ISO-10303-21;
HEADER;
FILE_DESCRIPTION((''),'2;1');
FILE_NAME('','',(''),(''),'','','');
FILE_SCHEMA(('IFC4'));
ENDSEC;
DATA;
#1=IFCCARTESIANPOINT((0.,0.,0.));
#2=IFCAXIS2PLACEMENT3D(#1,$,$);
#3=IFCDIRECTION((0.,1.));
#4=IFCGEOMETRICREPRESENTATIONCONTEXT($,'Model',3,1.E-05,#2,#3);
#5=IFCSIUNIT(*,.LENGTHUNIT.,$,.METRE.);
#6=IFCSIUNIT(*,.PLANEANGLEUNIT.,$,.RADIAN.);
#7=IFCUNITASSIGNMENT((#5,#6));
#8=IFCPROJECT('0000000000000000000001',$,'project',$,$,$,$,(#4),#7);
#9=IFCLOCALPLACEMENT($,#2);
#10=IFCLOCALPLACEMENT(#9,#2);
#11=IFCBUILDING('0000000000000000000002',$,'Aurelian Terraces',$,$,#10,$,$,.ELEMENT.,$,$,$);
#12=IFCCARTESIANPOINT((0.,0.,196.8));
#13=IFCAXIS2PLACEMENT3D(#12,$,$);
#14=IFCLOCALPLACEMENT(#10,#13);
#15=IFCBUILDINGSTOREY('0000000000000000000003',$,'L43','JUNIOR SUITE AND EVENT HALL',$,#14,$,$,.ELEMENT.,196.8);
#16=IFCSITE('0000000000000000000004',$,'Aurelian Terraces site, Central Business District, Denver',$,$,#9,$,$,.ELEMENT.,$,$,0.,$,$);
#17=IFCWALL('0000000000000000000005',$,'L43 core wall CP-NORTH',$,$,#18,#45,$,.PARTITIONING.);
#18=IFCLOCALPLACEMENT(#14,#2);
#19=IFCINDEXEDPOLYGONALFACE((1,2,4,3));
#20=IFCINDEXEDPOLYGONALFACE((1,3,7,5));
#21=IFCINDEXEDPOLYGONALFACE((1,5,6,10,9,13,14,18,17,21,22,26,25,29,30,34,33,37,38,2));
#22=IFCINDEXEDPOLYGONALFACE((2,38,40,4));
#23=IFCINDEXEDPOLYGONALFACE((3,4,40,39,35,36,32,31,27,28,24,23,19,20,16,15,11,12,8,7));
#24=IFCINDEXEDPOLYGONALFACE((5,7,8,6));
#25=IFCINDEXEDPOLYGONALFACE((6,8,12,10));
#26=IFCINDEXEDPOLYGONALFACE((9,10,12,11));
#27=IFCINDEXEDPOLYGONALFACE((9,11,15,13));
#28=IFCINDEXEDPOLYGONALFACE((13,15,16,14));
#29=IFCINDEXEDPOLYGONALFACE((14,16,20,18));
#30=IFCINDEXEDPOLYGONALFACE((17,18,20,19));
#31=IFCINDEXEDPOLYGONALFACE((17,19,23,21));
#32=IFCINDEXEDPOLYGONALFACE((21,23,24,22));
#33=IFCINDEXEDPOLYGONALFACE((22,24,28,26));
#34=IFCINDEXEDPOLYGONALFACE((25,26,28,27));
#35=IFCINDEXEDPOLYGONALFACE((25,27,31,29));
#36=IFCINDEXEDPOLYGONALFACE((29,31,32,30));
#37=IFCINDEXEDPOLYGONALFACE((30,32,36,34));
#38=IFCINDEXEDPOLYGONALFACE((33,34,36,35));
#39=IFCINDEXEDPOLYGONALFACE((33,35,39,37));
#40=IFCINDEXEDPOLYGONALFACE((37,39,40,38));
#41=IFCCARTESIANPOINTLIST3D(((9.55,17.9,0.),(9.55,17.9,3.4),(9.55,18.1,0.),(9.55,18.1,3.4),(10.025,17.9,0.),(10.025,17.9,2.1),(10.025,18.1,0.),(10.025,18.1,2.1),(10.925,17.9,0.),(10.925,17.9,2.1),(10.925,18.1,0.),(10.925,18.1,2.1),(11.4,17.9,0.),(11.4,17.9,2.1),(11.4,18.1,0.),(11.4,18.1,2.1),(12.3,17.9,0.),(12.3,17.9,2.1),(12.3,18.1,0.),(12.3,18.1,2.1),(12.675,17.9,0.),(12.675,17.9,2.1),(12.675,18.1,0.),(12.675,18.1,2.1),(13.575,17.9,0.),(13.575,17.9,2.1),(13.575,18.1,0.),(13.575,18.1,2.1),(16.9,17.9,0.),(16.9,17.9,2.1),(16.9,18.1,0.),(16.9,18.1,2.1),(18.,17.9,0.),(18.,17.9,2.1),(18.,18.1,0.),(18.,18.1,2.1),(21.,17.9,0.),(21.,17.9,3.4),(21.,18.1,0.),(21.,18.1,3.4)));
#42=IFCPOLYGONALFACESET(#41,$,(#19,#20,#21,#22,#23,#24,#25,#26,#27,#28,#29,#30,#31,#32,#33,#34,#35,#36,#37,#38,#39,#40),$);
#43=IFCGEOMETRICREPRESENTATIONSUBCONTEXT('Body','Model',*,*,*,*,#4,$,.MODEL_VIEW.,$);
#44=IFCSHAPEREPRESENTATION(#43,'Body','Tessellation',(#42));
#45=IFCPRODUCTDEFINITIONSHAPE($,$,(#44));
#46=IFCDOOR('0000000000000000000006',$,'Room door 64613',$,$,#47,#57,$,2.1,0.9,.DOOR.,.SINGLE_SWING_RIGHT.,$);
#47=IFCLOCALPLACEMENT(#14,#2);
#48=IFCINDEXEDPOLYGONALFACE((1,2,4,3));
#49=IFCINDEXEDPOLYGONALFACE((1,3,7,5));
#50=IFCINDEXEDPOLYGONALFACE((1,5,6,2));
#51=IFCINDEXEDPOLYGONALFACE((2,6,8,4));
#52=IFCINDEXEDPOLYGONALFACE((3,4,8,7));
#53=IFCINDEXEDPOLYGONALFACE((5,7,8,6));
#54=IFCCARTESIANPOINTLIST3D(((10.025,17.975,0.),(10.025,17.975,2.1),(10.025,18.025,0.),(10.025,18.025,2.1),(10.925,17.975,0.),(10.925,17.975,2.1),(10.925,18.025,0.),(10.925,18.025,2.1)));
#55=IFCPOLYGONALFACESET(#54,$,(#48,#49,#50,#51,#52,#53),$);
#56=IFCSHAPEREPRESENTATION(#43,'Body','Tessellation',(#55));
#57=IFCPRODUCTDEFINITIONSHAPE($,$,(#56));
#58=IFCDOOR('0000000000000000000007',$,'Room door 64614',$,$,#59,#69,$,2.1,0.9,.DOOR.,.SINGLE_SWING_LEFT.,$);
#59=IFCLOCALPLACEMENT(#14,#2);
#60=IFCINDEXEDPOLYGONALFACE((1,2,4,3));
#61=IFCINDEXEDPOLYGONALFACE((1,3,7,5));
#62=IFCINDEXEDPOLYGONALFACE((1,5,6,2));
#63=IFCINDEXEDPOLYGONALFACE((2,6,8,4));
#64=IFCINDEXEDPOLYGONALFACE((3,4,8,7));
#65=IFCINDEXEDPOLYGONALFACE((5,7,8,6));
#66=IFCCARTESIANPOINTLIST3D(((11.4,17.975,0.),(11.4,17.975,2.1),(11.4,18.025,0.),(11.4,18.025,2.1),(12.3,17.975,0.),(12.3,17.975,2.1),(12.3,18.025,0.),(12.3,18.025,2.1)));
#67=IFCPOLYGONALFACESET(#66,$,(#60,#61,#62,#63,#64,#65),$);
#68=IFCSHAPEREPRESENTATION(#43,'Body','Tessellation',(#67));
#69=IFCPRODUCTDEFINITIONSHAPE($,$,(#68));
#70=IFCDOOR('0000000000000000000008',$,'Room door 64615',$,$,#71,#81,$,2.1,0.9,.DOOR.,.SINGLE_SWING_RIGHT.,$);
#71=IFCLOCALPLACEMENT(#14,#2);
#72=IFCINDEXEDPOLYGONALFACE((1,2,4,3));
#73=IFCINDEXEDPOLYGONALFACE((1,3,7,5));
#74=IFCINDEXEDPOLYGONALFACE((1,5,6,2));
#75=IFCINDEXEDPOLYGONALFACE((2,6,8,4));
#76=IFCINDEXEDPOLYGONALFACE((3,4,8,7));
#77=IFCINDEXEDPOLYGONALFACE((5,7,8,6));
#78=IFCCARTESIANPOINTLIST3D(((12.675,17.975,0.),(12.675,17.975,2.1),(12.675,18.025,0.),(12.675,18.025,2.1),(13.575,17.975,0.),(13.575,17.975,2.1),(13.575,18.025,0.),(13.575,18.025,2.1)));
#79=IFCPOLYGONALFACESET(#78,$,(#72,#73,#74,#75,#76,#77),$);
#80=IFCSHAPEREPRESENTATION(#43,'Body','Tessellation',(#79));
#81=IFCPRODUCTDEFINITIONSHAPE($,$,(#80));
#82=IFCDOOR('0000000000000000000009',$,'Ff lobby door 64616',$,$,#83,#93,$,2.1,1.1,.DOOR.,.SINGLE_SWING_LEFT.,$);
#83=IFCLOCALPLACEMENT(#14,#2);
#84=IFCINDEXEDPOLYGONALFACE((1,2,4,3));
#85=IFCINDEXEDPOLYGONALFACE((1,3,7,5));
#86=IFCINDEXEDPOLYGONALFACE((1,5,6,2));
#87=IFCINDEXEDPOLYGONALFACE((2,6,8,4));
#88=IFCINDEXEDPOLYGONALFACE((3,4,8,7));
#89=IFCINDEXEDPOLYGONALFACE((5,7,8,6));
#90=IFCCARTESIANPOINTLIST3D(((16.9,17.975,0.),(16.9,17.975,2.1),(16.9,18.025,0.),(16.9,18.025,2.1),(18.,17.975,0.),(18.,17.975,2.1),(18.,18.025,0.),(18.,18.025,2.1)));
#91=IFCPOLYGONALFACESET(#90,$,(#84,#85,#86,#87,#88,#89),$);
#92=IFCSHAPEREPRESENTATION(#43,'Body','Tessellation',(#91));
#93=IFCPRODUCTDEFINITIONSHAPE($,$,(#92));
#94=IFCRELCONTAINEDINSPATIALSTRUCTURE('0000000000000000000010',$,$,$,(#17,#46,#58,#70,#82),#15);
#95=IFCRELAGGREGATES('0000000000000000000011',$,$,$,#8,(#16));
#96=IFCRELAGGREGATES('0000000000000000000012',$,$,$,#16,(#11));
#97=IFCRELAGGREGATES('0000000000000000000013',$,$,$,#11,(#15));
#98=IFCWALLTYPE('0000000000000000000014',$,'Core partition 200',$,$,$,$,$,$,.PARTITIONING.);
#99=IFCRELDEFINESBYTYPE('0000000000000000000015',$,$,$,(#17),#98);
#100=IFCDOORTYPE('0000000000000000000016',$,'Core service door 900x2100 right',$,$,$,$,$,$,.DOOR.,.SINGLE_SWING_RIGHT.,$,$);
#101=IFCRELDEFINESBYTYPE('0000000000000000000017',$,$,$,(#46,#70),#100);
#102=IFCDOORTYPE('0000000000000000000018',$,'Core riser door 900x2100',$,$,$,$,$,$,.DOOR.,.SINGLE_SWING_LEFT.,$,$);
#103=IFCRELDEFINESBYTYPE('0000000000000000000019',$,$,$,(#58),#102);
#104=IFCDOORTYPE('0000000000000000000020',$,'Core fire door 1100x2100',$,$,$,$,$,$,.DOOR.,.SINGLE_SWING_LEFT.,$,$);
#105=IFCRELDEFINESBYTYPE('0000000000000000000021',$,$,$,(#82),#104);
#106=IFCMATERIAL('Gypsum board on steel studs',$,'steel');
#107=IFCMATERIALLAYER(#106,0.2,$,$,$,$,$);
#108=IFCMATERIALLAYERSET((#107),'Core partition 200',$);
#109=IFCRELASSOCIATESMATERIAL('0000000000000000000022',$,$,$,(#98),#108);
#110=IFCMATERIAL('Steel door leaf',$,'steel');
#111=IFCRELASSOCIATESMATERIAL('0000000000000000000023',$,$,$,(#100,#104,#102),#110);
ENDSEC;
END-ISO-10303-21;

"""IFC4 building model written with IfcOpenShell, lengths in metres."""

from ifc_helpers import new_model, si_unit, direction, frame, frame_2d, origin, place, context, subcontext, project, spatial, rectangle, extrude, source, transform, mapped, material, layer, layer_set, type_object, element, fill, save


model = new_model("IFC4")

# Units and contexts
model_context = context("Model", 3, precision=1e-05, world=origin(), true_north=direction((0.0, 1.0)))
body_context = subcontext(model_context, "Body", "Model", "MODEL_VIEW")
ifc_project = project(units=[si_unit("LENGTHUNIT", "METRE"), si_unit("PLANEANGLEUNIT", "RADIAN")], contexts=[model_context])

# Site, building, storey
site_placement = place(None, origin())
site = spatial("IfcSite", under=ifc_project, at=site_placement, Name="Aurelian Terraces site, Central Business District, Denver", CompositionType="ELEMENT", RefElevation=0.0)
building_placement = place(site_placement, origin())
building = spatial("IfcBuilding", under=site, at=building_placement, Name="Aurelian Terraces", CompositionType="ELEMENT")
storey_placement = place(building_placement, frame((0.0, 0.0, 196.8)))
storey = spatial("IfcBuildingStorey", under=building, at=storey_placement, Name="L43", Description="JUNIOR SUITE AND EVENT HALL", CompositionType="ELEMENT", Elevation=196.8)

# Shared definitions
shared_shape_1 = source(origin(), body_context, "Body", "SweptSolid", [
    extrude(rectangle(XDim=1.1, YDim=2.1, at=frame_2d((0.55, 1.05))), frame((0.0, 0.11, 0.0), z_axis=(0.0, -1.0, 0.0), x_axis=(1.0, 0.0, 0.0)), (0.0, 0.0, 1.0), 0.22),
])
shared_shape_2 = source(origin(), body_context, "Body", "SweptSolid", [
    extrude(rectangle(XDim=1.1, YDim=2.1, at=frame_2d((0.55, 1.05))), frame((0.0, 0.025, 0.0), z_axis=(0.0, -1.0, 0.0), x_axis=(1.0, 0.0, 0.0)), (0.0, 0.0, 1.0), 0.05),
])

# Shared definitions
shared_shape_3 = source(origin(), body_context, "Body", "SweptSolid", [
    extrude(rectangle(XDim=0.9, YDim=2.1, at=frame_2d((0.45, 1.05))), frame((0.0, 0.11, 0.0), z_axis=(0.0, -1.0, 0.0), x_axis=(1.0, 0.0, 0.0)), (0.0, 0.0, 1.0), 0.22),
])
ifc_material_1 = material(Name="Steel door leaf", Category="steel")
shared_shape_4 = source(origin(), body_context, "Body", "SweptSolid", [
    extrude(rectangle(XDim=0.9, YDim=2.1, at=frame_2d((0.45, 1.05))), frame((0.0, 0.025, 0.0), z_axis=(0.0, -1.0, 0.0), x_axis=(1.0, 0.0, 0.0)), (0.0, 0.0, 1.0), 0.05),
])

# Shared definitions
ifc_material_2 = material(Name="Gypsum board on steel studs", Category="steel")
ifc_layer_1 = layer(ifc_material_2, 0.2)
ifc_layer_set_1 = layer_set([ifc_layer_1], Name="Core partition 200")
wall_type_1 = type_object("IfcWallType", Name="Core partition 200", PredefinedType="PARTITIONING", material=ifc_layer_set_1)

# Shared definitions
door_type_1 = type_object("IfcDoorType", Name="Core service door 900x2100 right", OperationType="SINGLE_SWING_RIGHT", PredefinedType="DOOR", material=ifc_material_1)

# Shared definitions
door_type_2 = type_object("IfcDoorType", Name="Core fire door 1100x2100", OperationType="SINGLE_SWING_LEFT", PredefinedType="DOOR", material=ifc_material_1)

# Wall, openings, doors
shared_shape_5 = source(origin(), body_context, "Body", "SweptSolid", [
    extrude(rectangle(XDim=11.45, YDim=0.2, at=frame_2d((5.725, 0.0))), origin(), (0.0, 0.0, 1.0), 3.4),
])
wall_1_placement = place(storey_placement, frame((9.55, 18.0, 0.0), z_axis=(0.0, 0.0, 1.0), x_axis=(1.0, 0.0, 0.0)))
wall_1 = element("IfcWall", 1, at=wall_1_placement, inside=storey, type_object=wall_type_1, Name="L43 core wall CP-NORTH", PredefinedType="PARTITIONING", context=body_context, shape_type="MappedRepresentation", body=[
    mapped(shared_shape_5, transform((0.0, 0.0, 0.0), scale=1.0)),
])
opening_1_placement = place(wall_1_placement, frame((0.475, 0.0, 0.0)))
opening_1 = element("IfcOpeningElement", 2, at=opening_1_placement, cuts=wall_1, PredefinedType="OPENING", context=body_context, shape_type="MappedRepresentation", body=[
    mapped(shared_shape_3, transform((0.0, 0.0, 0.0), scale=1.0)),
])
opening_2_placement = place(wall_1_placement, frame((1.85, 0.0, 0.0)))
opening_2 = element("IfcOpeningElement", 3, at=opening_2_placement, cuts=wall_1, PredefinedType="OPENING", context=body_context, shape_type="MappedRepresentation", body=[
    mapped(shared_shape_3, transform((0.0, 0.0, 0.0), scale=1.0)),
])
opening_3_placement = place(wall_1_placement, frame((3.125, 0.0, 0.0)))
opening_3 = element("IfcOpeningElement", 4, at=opening_3_placement, cuts=wall_1, PredefinedType="OPENING", context=body_context, shape_type="MappedRepresentation", body=[
    mapped(shared_shape_3, transform((0.0, 0.0, 0.0), scale=1.0)),
])
opening_4_placement = place(wall_1_placement, frame((7.35, 0.0, 0.0)))
opening_4 = element("IfcOpeningElement", 5, at=opening_4_placement, cuts=wall_1, PredefinedType="OPENING", context=body_context, shape_type="MappedRepresentation", body=[
    mapped(shared_shape_1, transform((0.0, 0.0, 0.0), scale=1.0)),
])
door_1_placement = place(opening_1_placement, origin())
door_1 = element("IfcDoor", 6, at=door_1_placement, inside=storey, type_object=door_type_1, Name="Room door 64613", OperationType="SINGLE_SWING_RIGHT", OverallHeight=2.1, OverallWidth=0.9, PredefinedType="DOOR", context=body_context, shape_type="MappedRepresentation", body=[
    mapped(shared_shape_4, transform((0.0, 0.0, 0.0), scale=1.0)),
])
fill(opening_1, door_1)
door_type_3 = type_object("IfcDoorType", Name="Core riser door 900x2100", OperationType="SINGLE_SWING_LEFT", PredefinedType="DOOR", material=ifc_material_1)
door_2_placement = place(opening_2_placement, origin())
door_2 = element("IfcDoor", 7, at=door_2_placement, inside=storey, type_object=door_type_3, Name="Room door 64614", OperationType="SINGLE_SWING_LEFT", OverallHeight=2.1, OverallWidth=0.9, PredefinedType="DOOR", context=body_context, shape_type="MappedRepresentation", body=[
    mapped(shared_shape_4, transform((0.0, 0.0, 0.0), scale=1.0)),
])
fill(opening_2, door_2)
door_3_placement = place(opening_3_placement, origin())
door_3 = element("IfcDoor", 8, at=door_3_placement, inside=storey, type_object=door_type_1, Name="Room door 64615", OperationType="SINGLE_SWING_RIGHT", OverallHeight=2.1, OverallWidth=0.9, PredefinedType="DOOR", context=body_context, shape_type="MappedRepresentation", body=[
    mapped(shared_shape_4, transform((0.0, 0.0, 0.0), scale=1.0)),
])
fill(opening_3, door_3)
door_4_placement = place(opening_4_placement, origin())
door_4 = element("IfcDoor", 9, at=door_4_placement, inside=storey, type_object=door_type_2, Name="Ff lobby door 64616", OperationType="SINGLE_SWING_LEFT", OverallHeight=2.1, OverallWidth=1.1, PredefinedType="DOOR", context=body_context, shape_type="MappedRepresentation", body=[
    mapped(shared_shape_2, transform((0.0, 0.0, 0.0), scale=1.0)),
])
fill(opening_4, door_4)

save(model, "model.ifc")
